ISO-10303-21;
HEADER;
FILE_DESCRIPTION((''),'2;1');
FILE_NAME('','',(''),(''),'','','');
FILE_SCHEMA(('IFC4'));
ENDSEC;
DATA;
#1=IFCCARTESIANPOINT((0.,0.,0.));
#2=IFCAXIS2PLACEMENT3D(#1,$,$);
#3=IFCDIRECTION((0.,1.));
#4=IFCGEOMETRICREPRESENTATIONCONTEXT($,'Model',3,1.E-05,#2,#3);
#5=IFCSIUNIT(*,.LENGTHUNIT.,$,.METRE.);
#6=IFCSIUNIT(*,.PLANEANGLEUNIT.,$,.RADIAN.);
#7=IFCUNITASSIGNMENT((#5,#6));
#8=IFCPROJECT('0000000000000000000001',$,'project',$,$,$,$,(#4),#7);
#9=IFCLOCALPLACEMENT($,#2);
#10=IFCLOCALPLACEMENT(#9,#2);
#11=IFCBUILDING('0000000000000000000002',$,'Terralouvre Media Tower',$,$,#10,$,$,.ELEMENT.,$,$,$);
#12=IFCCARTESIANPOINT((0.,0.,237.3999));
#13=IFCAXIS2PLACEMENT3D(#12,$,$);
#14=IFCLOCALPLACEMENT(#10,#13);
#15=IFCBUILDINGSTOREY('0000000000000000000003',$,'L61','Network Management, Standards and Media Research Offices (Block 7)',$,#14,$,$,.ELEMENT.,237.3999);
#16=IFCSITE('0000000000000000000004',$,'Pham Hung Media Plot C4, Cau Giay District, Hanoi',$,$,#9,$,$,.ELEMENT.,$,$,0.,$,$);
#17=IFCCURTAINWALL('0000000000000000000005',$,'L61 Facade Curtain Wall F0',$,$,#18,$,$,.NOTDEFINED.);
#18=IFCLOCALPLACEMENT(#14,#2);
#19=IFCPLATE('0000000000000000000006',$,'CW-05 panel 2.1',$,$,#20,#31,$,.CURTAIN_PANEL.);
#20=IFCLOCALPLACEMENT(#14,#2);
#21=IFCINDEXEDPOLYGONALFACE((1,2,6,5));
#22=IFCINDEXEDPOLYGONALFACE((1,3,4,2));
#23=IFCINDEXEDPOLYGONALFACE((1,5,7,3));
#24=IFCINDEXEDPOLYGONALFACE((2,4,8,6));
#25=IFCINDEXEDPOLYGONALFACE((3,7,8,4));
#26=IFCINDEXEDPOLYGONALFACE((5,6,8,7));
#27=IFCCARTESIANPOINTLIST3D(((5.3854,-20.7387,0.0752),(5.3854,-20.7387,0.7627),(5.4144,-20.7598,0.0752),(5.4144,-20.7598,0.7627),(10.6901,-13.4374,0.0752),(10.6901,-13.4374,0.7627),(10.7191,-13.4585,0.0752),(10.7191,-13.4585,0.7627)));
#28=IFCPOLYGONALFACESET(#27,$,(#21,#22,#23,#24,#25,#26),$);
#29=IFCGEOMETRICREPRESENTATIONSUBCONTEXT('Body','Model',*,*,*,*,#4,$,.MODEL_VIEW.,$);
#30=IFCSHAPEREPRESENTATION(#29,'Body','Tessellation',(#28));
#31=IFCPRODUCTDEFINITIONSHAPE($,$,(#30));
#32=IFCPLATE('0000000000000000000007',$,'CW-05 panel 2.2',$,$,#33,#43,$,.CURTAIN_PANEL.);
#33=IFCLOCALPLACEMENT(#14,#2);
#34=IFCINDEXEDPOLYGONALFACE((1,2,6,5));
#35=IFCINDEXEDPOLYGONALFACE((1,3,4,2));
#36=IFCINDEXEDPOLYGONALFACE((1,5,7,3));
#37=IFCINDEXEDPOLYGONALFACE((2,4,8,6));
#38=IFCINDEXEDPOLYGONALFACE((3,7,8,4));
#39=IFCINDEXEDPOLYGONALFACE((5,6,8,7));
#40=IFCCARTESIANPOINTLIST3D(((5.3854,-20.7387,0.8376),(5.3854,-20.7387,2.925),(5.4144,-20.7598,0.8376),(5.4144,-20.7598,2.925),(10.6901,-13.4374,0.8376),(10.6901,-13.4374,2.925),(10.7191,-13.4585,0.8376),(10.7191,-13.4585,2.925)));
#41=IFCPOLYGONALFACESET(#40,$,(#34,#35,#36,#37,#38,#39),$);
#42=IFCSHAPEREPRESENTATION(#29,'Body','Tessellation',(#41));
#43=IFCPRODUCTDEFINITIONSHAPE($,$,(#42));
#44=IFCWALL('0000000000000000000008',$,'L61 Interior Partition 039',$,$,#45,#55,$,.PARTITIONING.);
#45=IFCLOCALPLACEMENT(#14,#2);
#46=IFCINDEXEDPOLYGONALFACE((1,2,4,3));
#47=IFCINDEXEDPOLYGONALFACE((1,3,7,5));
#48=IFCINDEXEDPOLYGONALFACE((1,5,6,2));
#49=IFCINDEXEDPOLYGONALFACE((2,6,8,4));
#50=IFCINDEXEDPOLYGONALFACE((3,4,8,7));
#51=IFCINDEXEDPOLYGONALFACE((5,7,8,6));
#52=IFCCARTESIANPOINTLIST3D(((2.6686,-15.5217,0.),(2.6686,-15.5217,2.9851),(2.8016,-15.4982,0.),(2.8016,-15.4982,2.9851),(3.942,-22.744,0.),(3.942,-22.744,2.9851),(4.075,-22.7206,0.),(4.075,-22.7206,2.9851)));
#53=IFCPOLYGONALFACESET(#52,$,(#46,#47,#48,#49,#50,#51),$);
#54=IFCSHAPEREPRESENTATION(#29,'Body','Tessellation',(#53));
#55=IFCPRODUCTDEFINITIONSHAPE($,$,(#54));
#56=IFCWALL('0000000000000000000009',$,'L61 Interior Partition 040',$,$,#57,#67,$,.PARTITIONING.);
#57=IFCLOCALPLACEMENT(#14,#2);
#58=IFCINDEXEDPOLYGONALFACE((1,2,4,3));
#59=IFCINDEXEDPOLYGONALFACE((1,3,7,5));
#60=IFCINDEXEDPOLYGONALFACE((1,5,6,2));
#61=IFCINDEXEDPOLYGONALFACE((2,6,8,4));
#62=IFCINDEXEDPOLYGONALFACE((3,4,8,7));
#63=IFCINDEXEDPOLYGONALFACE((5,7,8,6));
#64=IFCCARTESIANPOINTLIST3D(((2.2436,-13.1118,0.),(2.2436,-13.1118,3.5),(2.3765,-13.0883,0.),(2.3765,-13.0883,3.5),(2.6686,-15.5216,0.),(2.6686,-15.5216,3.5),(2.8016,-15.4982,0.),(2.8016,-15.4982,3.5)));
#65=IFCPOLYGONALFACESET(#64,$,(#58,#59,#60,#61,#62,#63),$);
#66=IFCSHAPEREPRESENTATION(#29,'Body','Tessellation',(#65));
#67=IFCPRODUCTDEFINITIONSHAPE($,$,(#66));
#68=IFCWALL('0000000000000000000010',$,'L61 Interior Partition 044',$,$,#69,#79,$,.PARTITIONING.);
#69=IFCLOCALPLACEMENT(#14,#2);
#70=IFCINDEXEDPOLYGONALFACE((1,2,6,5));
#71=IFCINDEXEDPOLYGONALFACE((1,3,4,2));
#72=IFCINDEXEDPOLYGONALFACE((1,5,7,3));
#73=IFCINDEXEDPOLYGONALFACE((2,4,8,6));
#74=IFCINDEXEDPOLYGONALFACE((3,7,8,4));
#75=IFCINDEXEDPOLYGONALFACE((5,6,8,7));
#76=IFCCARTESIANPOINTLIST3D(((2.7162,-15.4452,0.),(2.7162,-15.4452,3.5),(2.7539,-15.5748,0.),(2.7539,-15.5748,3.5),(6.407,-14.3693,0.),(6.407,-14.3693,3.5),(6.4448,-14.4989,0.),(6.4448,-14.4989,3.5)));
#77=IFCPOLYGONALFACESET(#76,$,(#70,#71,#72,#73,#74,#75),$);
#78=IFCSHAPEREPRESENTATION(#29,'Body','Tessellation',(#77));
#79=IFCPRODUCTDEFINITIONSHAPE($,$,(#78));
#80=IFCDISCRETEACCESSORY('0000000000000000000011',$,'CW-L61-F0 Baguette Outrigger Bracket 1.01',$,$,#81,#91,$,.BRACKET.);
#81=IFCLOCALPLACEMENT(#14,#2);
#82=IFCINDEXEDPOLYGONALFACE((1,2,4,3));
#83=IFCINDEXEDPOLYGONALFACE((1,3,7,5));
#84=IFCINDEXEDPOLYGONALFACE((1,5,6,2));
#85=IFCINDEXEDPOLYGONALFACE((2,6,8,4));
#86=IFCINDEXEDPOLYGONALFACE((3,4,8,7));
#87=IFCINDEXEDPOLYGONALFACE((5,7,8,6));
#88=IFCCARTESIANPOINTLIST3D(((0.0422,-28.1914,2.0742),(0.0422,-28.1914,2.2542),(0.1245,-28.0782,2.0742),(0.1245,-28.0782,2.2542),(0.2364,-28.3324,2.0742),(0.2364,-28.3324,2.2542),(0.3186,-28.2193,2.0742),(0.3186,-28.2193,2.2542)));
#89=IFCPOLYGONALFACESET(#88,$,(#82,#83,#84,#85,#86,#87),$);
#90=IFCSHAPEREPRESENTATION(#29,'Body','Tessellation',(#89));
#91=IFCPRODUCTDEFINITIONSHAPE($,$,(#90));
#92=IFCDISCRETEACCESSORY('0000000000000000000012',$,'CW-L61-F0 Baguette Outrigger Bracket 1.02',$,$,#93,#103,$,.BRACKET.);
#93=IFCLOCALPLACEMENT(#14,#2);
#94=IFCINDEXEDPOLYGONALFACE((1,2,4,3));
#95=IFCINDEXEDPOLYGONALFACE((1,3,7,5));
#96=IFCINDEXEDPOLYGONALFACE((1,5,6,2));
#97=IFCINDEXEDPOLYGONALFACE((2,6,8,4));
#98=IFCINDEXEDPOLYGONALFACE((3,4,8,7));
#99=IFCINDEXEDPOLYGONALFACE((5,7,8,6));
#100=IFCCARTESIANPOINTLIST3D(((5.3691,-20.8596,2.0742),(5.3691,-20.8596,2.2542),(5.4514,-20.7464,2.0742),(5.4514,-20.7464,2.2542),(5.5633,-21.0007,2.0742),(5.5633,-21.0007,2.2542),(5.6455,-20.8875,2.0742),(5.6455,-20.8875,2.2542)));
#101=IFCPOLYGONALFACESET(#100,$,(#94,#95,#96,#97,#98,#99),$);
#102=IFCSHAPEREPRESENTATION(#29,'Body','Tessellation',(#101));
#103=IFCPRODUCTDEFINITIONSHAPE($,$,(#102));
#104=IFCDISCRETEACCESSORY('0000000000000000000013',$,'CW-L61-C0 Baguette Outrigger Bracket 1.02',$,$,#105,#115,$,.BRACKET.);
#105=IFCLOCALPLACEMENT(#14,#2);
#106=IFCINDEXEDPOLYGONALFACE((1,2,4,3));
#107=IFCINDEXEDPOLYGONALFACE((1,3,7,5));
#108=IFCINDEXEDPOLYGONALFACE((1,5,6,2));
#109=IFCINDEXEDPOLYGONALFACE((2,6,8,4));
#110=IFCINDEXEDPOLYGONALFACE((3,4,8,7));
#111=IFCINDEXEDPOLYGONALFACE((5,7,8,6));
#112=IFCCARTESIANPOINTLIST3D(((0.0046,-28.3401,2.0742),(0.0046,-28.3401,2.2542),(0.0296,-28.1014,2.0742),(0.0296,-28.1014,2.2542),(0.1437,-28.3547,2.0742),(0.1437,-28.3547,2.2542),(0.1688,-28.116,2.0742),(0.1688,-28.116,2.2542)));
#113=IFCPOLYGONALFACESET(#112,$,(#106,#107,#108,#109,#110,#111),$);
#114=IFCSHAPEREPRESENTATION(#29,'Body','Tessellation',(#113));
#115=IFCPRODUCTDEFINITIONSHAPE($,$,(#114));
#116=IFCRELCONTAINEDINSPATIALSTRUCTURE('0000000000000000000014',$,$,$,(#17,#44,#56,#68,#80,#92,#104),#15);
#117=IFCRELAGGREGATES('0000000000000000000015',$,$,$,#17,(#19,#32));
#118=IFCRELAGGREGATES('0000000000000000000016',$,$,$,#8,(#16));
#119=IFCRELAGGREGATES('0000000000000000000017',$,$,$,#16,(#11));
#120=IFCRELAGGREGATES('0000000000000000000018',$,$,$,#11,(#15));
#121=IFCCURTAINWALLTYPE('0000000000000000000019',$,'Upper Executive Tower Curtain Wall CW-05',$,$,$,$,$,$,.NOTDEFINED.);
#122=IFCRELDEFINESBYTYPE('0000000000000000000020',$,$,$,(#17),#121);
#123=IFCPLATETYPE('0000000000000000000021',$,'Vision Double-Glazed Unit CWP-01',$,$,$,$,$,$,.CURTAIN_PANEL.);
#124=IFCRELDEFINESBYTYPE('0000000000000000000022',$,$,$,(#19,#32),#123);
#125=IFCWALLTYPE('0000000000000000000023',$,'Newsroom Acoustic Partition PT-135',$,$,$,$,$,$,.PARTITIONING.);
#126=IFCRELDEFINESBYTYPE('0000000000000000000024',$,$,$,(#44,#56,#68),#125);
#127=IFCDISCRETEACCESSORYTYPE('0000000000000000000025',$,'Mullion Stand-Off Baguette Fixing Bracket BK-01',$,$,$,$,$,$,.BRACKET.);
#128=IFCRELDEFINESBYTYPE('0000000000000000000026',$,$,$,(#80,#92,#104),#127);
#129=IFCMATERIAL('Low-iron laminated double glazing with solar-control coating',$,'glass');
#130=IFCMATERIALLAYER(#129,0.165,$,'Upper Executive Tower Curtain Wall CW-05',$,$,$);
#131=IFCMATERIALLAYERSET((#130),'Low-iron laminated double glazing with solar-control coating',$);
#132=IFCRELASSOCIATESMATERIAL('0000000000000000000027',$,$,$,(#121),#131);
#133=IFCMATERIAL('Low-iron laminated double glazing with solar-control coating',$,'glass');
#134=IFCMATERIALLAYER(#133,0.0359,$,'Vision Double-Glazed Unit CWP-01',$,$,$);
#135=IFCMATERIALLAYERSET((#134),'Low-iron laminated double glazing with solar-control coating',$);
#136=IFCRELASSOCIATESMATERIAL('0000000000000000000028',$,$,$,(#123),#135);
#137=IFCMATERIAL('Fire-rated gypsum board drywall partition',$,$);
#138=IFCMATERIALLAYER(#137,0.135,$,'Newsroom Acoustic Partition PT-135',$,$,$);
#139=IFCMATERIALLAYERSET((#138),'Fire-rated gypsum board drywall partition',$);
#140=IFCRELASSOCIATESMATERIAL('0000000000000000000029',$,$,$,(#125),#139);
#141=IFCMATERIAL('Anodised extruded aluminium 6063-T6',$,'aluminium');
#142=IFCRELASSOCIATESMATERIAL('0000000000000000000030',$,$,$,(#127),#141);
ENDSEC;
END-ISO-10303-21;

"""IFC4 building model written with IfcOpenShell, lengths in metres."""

from ifc_helpers import new_model, si_unit, direction, frame, frame_2d, origin, origin_2d, place, context, subcontext, project, spatial, rectangle, extrude, material, layer, layer_set, type_object, element, aggregate, save


model = new_model("IFC4")

# Units and contexts
model_context = context("Model", 3, precision=1e-05, world=origin(), true_north=direction((0.0, 1.0)))
body_context = subcontext(model_context, "Body", "Model", "MODEL_VIEW")
ifc_project = project(units=[si_unit("LENGTHUNIT", "METRE"), si_unit("PLANEANGLEUNIT", "RADIAN")], contexts=[model_context])

# Site, building, storey
site_placement = place(None, origin())
site = spatial("IfcSite", under=ifc_project, at=site_placement, Name="Pham Hung Media Plot C4, Cau Giay District, Hanoi", CompositionType="ELEMENT", RefElevation=0.0)
building_placement = place(site_placement, origin())
building = spatial("IfcBuilding", under=site, at=building_placement, Name="Terralouvre Media Tower", CompositionType="ELEMENT")
storey_placement = place(building_placement, frame((0.0, 0.0, 237.3999)))
storey = spatial("IfcBuildingStorey", under=building, at=storey_placement, Name="L61", Description="Network Management, Standards and Media Research Offices (Block 7)", CompositionType="ELEMENT", Elevation=237.3999)

# Curtain wall
ifc_material_1 = material(Name="Low-iron laminated double glazing with solar-control coating", Category="glass")
ifc_layer_1 = layer(ifc_material_1, 0.165, Name="Upper Executive Tower Curtain Wall CW-05")
ifc_layer_set_1 = layer_set([ifc_layer_1], Name="Low-iron laminated double glazing with solar-control coating")
curtain_wall_type_1 = type_object("IfcCurtainWallType", Name="Upper Executive Tower Curtain Wall CW-05", PredefinedType="NOTDEFINED", material=ifc_layer_set_1)
curtain_wall_1_placement = place(storey_placement, origin())
curtain_wall_1 = element("IfcCurtainWall", 1, at=curtain_wall_1_placement, inside=storey, type_object=curtain_wall_type_1, Name="L61 Facade Curtain Wall F0", PredefinedType="NOTDEFINED")

# Plates
ifc_material_2 = material(Name="Low-iron laminated double glazing with solar-control coating", Category="glass")
ifc_layer_2 = layer(ifc_material_2, 0.0359, Name="Vision Double-Glazed Unit CWP-01")
ifc_layer_set_2 = layer_set([ifc_layer_2], Name="Low-iron laminated double glazing with solar-control coating")
plate_type = type_object("IfcPlateType", Name="Vision Double-Glazed Unit CWP-01", PredefinedType="CURTAIN_PANEL", material=ifc_layer_set_2)
plate_1_placement = place(storey_placement, frame((8.0522, -17.0986, 0.0752), z_axis=(0.0, 0.0, 1.0), x_axis=(0.587785, 0.809017, 0.0)))
plate_1 = element("IfcPlate", 2, at=plate_1_placement, type_object=plate_type, Name="CW-05 panel 2.1", PredefinedType="CURTAIN_PANEL", context=body_context, shape_type="SweptSolid", body=[
    extrude(rectangle(XDim=9.0249, YDim=0.0359, at=origin_2d()), origin(), (0.0, 0.0, 1.0), 0.6875),
])
plate_2_placement = place(storey_placement, frame((8.0522, -17.0986, 0.8376), z_axis=(0.0, 0.0, 1.0), x_axis=(0.587785, 0.809017, 0.0)))
plate_2 = element("IfcPlate", 3, at=plate_2_placement, type_object=plate_type, Name="CW-05 panel 2.2", PredefinedType="CURTAIN_PANEL", context=body_context, shape_type="SweptSolid", body=[
    extrude(rectangle(XDim=9.0249, YDim=0.0359, at=origin_2d()), origin(), (0.0, 0.0, 1.0), 2.0874),
])
aggregate(curtain_wall_1, [plate_1, plate_2])

# Walls
ifc_material_3 = material(Name="Fire-rated gypsum board drywall partition")
ifc_layer_3 = layer(ifc_material_3, 0.135, Name="Newsroom Acoustic Partition PT-135")
ifc_layer_set_3 = layer_set([ifc_layer_3], Name="Fire-rated gypsum board drywall partition")
wall_type = type_object("IfcWallType", Name="Newsroom Acoustic Partition PT-135", PredefinedType="PARTITIONING", material=ifc_layer_set_3)
wall_1_placement = place(storey_placement, frame((4.0085, -22.7324, 0.0), z_axis=(0.0, 0.0, 1.0), x_axis=(-0.173639, 0.984809, 0.0)))
element("IfcWall", 4, at=wall_1_placement, inside=storey, type_object=wall_type, Name="L61 Interior Partition 039", PredefinedType="PARTITIONING", context=body_context, shape_type="SweptSolid", body=[
    extrude(rectangle(XDim=7.3337, YDim=0.135, at=frame_2d((3.667, 0.0))), origin(), (0.0, 0.0, 1.0), 2.9851),
])
wall_2_placement = place(storey_placement, frame((2.7351, -15.51, 0.0), z_axis=(0.0, 0.0, 1.0), x_axis=(-0.173694, 0.9848, 0.0)))
element("IfcWall", 5, at=wall_2_placement, inside=storey, type_object=wall_type, Name="L61 Interior Partition 040", PredefinedType="PARTITIONING", context=body_context, shape_type="SweptSolid", body=[
    extrude(rectangle(XDim=2.447, YDim=0.135, at=frame_2d((1.2236, 0.0))), origin(), (0.0, 0.0, 1.0), 3.5),
])
wall_3_placement = place(storey_placement, frame((6.426, -14.4341, 0.0), z_axis=(0.0, 0.0, 1.0), x_axis=(-0.960041, -0.279859, 0.0)))
element("IfcWall", 6, at=wall_3_placement, inside=storey, type_object=wall_type, Name="L61 Interior Partition 044", PredefinedType="PARTITIONING", context=body_context, shape_type="SweptSolid", body=[
    extrude(rectangle(XDim=3.8445, YDim=0.135, at=frame_2d((1.9224, 0.0))), origin(), (0.0, 0.0, 1.0), 3.5),
])

# Discrete accessories
ifc_material_4 = material(Name="Anodised extruded aluminium 6063-T6", Category="aluminium")
discrete_accessory_type = type_object("IfcDiscreteAccessoryType", Name="Mullion Stand-Off Baguette Fixing Bracket BK-01", PredefinedType="BRACKET", material=ifc_material_4)
for number, where, z_axis, x_axis, name in (
    (7, (0.1804, -28.2053, 2.0742), (0.0, 0.0, 1.0), (0.587785, 0.809017, 0.0), "CW-L61-F0 Baguette Outrigger Bracket 1.01"),
    (8, (5.5073, -20.8735, 2.0742), (0.0, 0.0, 1.0), (0.587785, 0.809017, 0.0), "CW-L61-F0 Baguette Outrigger Bracket 1.02"),
    (9, (0.0867, -28.228, 2.0742), (0.0, 0.0, 1.0), (0.994522, -0.104528, 0.0), "CW-L61-C0 Baguette Outrigger Bracket 1.02"),
):
    element("IfcDiscreteAccessory", number, at=place(storey_placement, frame(where, z_axis=z_axis, x_axis=x_axis)), inside=storey, type_object=discrete_accessory_type, Name=name, PredefinedType="BRACKET", context=body_context, shape_type="SweptSolid", body=[
        extrude(rectangle(XDim=0.1399, YDim=0.24, at=origin_2d()), origin(), (0.0, 0.0, 1.0), 0.1799),
    ])

save(model, "model.ifc")
